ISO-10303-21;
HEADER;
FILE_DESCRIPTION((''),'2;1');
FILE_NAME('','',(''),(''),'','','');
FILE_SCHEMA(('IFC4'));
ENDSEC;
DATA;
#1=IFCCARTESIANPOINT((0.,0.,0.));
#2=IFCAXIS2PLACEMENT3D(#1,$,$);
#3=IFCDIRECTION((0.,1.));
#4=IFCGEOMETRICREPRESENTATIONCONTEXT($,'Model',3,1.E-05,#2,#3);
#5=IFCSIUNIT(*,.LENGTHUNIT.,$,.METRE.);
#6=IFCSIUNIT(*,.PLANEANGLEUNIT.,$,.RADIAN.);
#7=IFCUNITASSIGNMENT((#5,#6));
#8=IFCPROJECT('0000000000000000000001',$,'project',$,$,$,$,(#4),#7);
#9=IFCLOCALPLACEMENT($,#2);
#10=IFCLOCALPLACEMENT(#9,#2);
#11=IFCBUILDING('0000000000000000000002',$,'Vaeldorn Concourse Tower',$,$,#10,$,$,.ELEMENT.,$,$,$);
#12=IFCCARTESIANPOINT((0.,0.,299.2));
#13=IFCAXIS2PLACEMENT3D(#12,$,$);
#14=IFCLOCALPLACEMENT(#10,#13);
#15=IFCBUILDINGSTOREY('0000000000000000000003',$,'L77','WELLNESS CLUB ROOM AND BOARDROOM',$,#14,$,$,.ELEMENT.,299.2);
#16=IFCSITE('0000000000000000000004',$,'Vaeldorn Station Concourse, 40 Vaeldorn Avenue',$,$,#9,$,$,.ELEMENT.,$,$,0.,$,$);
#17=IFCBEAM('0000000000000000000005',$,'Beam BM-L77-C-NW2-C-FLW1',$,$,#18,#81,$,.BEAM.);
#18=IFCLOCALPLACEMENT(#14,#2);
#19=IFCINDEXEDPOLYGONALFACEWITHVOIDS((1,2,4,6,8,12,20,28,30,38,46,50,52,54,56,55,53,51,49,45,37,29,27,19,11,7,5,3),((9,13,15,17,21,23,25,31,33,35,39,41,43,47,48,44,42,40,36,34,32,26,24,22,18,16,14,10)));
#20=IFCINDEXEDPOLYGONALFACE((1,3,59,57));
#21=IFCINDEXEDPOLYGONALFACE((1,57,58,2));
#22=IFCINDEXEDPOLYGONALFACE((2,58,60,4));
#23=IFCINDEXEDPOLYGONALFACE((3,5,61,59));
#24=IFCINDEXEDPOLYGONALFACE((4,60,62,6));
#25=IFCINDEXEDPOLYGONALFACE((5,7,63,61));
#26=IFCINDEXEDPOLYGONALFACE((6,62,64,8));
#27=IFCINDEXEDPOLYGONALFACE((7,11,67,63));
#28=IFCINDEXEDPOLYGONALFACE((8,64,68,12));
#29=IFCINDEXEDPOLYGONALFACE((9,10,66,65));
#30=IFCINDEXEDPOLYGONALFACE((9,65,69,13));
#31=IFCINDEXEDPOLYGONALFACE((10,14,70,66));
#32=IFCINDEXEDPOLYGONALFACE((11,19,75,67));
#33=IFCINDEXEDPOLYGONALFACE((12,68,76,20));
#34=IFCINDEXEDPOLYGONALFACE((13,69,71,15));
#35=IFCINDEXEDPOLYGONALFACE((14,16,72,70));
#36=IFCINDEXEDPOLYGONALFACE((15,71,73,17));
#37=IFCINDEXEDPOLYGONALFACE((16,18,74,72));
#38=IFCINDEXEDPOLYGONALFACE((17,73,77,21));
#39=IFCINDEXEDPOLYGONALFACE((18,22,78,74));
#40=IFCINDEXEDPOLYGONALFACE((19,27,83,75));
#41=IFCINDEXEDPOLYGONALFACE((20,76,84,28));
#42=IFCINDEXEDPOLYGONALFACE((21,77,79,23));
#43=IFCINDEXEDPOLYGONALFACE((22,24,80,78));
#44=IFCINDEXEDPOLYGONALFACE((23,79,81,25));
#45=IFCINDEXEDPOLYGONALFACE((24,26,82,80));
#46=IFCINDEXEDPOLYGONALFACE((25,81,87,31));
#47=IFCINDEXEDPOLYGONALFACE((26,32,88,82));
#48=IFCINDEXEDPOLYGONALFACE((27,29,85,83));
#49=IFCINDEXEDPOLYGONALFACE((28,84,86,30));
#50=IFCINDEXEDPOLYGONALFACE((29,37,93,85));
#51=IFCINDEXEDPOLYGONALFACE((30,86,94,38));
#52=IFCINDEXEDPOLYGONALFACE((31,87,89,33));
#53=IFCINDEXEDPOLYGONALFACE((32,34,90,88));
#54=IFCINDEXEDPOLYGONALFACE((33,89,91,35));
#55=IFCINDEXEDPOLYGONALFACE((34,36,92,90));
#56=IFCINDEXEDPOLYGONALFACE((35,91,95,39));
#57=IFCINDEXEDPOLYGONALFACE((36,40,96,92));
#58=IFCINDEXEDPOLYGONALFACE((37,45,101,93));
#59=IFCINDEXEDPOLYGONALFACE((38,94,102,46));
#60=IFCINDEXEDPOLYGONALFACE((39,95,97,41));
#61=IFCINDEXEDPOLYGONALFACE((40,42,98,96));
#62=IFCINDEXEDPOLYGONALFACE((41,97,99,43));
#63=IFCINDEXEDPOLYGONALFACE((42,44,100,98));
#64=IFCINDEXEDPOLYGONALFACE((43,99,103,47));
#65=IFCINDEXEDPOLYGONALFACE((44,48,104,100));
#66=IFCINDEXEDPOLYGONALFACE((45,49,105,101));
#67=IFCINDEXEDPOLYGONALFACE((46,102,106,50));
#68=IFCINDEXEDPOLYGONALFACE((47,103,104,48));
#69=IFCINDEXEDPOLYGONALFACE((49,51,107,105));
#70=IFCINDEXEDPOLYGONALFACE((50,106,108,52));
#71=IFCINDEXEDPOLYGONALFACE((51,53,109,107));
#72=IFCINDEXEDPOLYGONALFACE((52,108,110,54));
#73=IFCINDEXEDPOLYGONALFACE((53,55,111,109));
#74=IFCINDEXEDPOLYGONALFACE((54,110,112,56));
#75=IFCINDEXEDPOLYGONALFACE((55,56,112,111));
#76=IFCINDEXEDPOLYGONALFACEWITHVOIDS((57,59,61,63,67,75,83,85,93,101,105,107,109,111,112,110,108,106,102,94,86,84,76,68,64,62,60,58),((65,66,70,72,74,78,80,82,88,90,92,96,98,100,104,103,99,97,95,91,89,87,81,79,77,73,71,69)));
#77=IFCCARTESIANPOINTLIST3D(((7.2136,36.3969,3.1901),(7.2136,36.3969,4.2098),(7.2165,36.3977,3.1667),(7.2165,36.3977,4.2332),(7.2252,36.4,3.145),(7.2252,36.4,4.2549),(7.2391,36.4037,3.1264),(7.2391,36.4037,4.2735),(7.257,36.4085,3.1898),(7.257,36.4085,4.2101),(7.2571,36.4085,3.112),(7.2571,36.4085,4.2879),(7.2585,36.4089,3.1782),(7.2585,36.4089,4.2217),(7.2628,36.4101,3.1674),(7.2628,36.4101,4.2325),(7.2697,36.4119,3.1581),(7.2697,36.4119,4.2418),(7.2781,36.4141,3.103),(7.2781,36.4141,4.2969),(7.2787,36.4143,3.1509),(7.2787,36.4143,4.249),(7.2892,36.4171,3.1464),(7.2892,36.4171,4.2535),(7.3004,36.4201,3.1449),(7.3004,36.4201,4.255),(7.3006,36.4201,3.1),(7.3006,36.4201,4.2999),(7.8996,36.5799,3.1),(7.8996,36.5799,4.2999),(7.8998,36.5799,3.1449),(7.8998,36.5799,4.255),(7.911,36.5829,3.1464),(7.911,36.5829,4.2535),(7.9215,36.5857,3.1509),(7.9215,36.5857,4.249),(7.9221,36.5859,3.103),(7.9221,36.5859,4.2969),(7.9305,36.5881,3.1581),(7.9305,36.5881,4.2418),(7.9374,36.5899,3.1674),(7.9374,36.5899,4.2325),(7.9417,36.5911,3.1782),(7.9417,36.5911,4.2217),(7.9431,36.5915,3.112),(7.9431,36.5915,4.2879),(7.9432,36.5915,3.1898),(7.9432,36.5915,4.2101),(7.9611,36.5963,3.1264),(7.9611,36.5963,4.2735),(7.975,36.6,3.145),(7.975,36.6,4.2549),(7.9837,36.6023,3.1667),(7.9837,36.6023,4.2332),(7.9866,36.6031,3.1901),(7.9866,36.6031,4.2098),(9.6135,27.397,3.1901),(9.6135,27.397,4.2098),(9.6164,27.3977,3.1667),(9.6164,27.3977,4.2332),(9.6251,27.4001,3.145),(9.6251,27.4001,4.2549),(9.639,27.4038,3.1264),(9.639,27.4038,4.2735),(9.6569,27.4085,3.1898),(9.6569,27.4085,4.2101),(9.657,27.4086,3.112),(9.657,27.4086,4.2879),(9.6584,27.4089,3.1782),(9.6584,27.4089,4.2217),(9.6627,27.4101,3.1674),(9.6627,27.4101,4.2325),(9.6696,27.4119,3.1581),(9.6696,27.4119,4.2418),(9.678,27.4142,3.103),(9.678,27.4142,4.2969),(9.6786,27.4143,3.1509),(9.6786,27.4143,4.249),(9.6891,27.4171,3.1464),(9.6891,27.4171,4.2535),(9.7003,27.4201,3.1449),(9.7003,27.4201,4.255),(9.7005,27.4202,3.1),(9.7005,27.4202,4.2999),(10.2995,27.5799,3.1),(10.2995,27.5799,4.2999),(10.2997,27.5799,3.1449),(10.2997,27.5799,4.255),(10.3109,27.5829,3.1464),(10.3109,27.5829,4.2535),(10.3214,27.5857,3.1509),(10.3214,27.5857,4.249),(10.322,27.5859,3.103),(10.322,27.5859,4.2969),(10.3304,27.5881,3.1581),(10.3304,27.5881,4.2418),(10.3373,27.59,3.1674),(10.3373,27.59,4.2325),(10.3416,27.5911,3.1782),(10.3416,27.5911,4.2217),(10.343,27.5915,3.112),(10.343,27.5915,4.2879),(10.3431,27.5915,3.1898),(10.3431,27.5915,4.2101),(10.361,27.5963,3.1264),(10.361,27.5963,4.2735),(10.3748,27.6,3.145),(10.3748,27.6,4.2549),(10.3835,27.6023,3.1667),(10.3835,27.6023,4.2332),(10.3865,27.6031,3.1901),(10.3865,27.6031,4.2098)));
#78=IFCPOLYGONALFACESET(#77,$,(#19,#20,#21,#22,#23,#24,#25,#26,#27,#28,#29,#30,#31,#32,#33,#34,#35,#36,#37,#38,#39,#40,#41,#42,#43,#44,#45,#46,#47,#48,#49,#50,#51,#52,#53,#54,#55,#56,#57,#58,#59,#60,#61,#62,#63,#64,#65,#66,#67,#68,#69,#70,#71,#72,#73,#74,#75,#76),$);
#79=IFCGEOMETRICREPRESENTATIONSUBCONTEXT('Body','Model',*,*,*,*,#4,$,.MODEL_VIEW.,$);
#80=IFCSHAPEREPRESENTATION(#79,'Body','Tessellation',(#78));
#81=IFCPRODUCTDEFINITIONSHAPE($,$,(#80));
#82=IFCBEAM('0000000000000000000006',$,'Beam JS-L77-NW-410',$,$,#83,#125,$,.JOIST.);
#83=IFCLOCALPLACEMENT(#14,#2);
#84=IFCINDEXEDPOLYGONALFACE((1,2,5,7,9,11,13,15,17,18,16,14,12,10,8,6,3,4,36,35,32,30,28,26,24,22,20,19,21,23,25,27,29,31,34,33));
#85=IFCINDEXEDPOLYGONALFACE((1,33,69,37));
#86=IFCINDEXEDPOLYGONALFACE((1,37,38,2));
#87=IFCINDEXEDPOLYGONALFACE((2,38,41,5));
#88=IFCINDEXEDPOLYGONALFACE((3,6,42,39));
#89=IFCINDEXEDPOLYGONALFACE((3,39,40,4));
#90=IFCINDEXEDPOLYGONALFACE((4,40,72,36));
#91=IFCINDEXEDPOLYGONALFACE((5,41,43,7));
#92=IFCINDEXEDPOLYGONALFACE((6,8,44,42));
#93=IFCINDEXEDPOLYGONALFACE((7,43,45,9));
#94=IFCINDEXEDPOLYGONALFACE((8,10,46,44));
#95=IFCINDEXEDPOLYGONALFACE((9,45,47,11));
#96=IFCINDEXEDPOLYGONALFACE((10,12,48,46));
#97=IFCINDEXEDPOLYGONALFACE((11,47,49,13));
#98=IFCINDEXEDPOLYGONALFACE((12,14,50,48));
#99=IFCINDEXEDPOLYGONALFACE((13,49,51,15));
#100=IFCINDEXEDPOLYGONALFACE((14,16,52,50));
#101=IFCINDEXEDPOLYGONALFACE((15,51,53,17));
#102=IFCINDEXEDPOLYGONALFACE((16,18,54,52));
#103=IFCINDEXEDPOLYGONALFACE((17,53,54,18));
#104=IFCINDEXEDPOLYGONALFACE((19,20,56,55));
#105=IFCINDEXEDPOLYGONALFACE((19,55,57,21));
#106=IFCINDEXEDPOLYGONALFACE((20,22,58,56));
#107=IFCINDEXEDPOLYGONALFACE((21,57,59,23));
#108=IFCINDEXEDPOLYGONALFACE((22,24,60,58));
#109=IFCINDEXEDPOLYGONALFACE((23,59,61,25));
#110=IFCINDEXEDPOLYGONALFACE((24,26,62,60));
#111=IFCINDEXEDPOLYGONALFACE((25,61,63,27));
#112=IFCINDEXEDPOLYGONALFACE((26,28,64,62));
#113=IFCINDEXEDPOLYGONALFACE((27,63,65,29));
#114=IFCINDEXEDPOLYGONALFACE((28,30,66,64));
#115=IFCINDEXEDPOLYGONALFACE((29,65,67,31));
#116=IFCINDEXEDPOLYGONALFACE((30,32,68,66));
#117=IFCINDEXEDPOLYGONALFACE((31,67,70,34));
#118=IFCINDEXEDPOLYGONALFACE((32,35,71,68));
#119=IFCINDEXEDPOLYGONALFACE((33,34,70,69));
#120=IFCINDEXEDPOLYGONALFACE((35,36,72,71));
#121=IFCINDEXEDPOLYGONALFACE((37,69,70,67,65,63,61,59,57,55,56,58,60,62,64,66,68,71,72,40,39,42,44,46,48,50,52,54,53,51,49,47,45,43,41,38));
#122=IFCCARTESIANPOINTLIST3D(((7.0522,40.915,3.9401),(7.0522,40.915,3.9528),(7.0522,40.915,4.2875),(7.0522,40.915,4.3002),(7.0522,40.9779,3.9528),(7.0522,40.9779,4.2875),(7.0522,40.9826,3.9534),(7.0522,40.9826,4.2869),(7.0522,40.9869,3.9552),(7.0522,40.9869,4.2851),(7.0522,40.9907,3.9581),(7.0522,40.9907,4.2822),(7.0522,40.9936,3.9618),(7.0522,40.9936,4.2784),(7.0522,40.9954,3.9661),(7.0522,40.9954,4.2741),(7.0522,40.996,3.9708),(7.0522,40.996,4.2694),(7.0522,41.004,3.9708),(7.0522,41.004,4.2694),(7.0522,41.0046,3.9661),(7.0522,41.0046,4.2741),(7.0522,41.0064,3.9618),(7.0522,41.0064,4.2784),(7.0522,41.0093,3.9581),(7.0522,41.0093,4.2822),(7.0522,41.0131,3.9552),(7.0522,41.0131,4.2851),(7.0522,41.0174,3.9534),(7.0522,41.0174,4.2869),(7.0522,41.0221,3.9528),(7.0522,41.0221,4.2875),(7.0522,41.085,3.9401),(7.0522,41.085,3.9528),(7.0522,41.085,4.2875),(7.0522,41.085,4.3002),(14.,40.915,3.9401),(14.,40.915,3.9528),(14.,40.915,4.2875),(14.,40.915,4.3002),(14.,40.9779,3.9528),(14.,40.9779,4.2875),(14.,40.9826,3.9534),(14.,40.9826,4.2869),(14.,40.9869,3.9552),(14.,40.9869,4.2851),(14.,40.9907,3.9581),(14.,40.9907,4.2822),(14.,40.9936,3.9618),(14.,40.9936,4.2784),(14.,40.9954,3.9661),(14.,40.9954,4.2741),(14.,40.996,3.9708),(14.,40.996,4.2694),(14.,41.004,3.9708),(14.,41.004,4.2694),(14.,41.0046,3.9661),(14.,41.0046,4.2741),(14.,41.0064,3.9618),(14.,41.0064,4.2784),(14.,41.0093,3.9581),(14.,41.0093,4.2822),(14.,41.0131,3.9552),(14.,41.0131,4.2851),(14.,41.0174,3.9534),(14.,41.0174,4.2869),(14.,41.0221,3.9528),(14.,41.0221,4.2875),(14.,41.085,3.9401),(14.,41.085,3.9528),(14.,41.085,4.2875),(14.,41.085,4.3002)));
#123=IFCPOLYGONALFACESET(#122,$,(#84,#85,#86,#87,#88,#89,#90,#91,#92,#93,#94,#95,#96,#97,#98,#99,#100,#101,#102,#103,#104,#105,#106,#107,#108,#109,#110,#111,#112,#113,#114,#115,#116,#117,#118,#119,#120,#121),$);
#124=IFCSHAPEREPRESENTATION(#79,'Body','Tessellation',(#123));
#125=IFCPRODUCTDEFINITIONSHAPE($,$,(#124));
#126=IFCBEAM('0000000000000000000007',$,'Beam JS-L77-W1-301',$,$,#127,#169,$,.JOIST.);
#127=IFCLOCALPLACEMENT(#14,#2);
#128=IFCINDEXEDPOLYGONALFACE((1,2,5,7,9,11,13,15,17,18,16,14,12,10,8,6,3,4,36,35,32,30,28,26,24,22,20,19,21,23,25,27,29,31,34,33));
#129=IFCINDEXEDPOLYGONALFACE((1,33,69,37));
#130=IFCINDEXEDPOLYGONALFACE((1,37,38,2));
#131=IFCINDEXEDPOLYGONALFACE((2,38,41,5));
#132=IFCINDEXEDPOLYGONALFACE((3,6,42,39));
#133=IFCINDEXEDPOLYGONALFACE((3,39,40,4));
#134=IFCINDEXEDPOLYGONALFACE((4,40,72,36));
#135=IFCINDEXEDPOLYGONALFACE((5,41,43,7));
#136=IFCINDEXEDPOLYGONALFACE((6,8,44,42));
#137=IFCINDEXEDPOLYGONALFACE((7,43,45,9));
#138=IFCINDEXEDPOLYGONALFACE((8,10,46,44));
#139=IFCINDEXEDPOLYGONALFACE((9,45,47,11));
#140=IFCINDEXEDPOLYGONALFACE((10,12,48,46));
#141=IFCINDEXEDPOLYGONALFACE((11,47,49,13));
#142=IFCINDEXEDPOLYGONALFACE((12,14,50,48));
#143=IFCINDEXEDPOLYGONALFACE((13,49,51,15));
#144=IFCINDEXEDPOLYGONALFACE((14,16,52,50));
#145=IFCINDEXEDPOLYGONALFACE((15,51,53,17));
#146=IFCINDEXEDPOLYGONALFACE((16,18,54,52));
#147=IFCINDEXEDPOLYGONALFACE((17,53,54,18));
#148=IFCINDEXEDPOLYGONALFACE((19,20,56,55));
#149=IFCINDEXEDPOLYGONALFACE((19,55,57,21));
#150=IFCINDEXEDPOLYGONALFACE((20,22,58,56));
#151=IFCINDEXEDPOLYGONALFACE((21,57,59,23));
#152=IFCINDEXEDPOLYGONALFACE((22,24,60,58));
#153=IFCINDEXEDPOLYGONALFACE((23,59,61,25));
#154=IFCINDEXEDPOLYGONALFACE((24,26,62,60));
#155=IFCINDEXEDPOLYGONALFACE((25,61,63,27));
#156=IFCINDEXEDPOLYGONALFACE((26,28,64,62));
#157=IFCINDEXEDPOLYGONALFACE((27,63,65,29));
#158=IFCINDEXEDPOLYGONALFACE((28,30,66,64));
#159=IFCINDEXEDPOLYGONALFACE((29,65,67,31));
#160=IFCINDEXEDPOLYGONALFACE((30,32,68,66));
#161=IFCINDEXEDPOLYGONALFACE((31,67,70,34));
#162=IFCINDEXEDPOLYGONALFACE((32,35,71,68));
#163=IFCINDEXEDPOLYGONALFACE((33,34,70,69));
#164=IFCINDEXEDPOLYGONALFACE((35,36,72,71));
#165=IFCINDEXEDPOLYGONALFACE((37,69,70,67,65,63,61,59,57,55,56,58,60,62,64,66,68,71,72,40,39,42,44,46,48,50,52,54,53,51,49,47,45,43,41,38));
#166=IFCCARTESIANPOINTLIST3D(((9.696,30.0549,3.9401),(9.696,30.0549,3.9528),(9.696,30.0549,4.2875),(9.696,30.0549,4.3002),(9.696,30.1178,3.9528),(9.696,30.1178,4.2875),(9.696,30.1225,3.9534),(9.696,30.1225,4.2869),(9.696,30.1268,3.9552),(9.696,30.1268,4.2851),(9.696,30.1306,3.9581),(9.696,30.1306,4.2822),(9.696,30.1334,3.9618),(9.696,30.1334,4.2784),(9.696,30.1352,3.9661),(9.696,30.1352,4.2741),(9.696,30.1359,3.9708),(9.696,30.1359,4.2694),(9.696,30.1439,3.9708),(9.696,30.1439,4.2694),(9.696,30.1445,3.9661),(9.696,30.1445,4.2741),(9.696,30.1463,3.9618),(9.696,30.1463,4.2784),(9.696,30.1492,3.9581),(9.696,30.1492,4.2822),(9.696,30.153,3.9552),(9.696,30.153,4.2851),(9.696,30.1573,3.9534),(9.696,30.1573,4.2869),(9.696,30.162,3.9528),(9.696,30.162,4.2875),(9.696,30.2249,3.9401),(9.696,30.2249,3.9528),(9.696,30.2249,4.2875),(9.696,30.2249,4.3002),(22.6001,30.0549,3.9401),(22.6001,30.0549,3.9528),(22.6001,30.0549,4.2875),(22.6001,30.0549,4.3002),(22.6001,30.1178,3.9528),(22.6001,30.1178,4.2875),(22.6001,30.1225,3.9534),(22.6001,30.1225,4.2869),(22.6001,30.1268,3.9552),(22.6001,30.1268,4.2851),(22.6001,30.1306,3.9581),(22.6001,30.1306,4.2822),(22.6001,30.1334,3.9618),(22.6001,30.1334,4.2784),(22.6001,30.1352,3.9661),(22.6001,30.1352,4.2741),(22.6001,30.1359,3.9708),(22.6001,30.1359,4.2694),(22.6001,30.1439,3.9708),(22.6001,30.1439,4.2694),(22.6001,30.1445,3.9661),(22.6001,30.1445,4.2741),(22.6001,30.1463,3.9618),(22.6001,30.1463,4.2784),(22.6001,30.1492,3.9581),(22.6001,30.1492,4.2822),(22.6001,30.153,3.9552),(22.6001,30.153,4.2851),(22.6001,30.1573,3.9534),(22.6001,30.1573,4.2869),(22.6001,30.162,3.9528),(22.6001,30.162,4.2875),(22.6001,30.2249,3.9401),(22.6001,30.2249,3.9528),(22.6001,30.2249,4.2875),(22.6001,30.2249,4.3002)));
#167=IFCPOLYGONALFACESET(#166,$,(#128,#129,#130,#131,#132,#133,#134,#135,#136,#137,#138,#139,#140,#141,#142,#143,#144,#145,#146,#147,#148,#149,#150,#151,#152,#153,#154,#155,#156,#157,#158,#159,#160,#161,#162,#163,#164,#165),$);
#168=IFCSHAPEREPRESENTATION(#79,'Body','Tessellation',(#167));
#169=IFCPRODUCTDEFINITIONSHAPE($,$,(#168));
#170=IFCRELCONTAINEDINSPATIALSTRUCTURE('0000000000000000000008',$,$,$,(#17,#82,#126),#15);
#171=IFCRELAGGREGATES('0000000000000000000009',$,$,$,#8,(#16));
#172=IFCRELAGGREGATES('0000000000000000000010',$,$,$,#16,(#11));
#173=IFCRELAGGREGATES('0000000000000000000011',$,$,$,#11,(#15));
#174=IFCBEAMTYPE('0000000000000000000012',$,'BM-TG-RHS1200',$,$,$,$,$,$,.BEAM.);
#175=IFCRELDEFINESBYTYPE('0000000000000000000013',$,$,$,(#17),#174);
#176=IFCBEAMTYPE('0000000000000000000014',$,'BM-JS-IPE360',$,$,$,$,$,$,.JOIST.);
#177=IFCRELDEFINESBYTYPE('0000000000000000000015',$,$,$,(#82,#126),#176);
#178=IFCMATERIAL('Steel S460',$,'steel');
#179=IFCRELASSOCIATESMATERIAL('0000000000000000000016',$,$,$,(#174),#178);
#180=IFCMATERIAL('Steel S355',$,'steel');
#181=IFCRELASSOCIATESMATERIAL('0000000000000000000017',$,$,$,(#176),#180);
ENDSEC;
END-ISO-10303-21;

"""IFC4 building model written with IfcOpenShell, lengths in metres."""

from ifc_helpers import new_model, si_unit, direction, frame, origin, origin_2d, place, context, subcontext, project, spatial, hollow_rectangle, i_section, extrude, source, transform, mapped, material, material_profile, profile_set, type_object, element, save


model = new_model("IFC4")

# Units and contexts
model_context = context("Model", 3, precision=1e-05, world=origin(), true_north=direction((0.0, 1.0)))
body_context = subcontext(model_context, "Body", "Model", "MODEL_VIEW")
ifc_project = project(units=[si_unit("LENGTHUNIT", "METRE"), si_unit("PLANEANGLEUNIT", "RADIAN")], contexts=[model_context])

# Site, building, storey
site_placement = place(None, origin())
site = spatial("IfcSite", under=ifc_project, at=site_placement, Name="Vaeldorn Station Concourse, 40 Vaeldorn Avenue", CompositionType="ELEMENT", RefElevation=0.0)
building_placement = place(site_placement, origin())
building = spatial("IfcBuilding", under=site, at=building_placement, Name="Vaeldorn Concourse Tower", CompositionType="ELEMENT")
storey_placement = place(building_placement, frame((0.0, 0.0, 299.2)))
storey = spatial("IfcBuildingStorey", under=building, at=storey_placement, Name="L77", Description="WELLNESS CLUB ROOM AND BOARDROOM", CompositionType="ELEMENT", Elevation=299.2)

# Shared definitions
ifc_material_1 = material(Name="Steel S355", Category="steel")

# Beams
ifc_material_2 = material(Name="Steel S460", Category="steel")
ifc_material_profile_1 = material_profile(ifc_material_2, hollow_rectangle(XDim=0.8, YDim=1.2, WallThickness=0.0449, InnerFilletRadius=0.0449, OuterFilletRadius=0.0901, at=origin_2d()), Name="RHS 1200x800x45")
ifc_profile_set_1 = profile_set([ifc_material_profile_1], Name="Steel S460")
beam_type_1 = type_object("IfcBeamType", Name="BM-TG-RHS1200", PredefinedType="BEAM", material=ifc_profile_set_1)
shared_shape_1 = source(origin(), body_context, "Body", "SweptSolid", [
    extrude(hollow_rectangle(XDim=0.8, YDim=1.2, WallThickness=0.0449, InnerFilletRadius=0.0449, OuterFilletRadius=0.0901, at=origin_2d()), origin(), (0.0, 0.0, 1.0), 9.3145),
])
beam_1_placement = place(storey_placement, frame((7.6001, 36.5, 3.7), z_axis=(0.257653, -0.966238, 0.0), x_axis=(0.966238, 0.257653, 0.0)))
element("IfcBeam", 1, at=beam_1_placement, inside=storey, type_object=beam_type_1, Name="Beam BM-L77-C-NW2-C-FLW1", PredefinedType="BEAM", context=body_context, shape_type="MappedRepresentation", body=[
    mapped(shared_shape_1, transform((0.0, 0.0, 0.0), scale=1.0)),
])
ifc_material_profile_2 = material_profile(ifc_material_1, i_section(OverallWidth=0.1699, OverallDepth=0.3601, WebThickness=0.0081, FlangeThickness=0.0127, FilletRadius=0.0181, at=origin_2d()), Name="IPE 360")
ifc_profile_set_2 = profile_set([ifc_material_profile_2], Name="Steel S355")
beam_type_2 = type_object("IfcBeamType", Name="BM-JS-IPE360", PredefinedType="JOIST", material=ifc_profile_set_2)
shared_shape_2 = source(origin(), body_context, "Body", "SweptSolid", [
    extrude(i_section(OverallWidth=0.1699, OverallDepth=0.3601, WebThickness=0.0081, FlangeThickness=0.0127, FilletRadius=0.0181, at=origin_2d()), origin(), (0.0, 0.0, 1.0), 6.9478),
])
beam_2_placement = place(storey_placement, frame((7.0522, 41.0, 4.1201), z_axis=(1.0, 0.0, 0.0), x_axis=(0.0, 1.0, 0.0)))
element("IfcBeam", 2, at=beam_2_placement, inside=storey, type_object=beam_type_2, Name="Beam JS-L77-NW-410", PredefinedType="JOIST", context=body_context, shape_type="MappedRepresentation", body=[
    mapped(shared_shape_2, transform((0.0, 0.0, 0.0), scale=1.0)),
])
shared_shape_3 = source(origin(), body_context, "Body", "SweptSolid", [
    extrude(i_section(OverallWidth=0.1699, OverallDepth=0.3601, WebThickness=0.0081, FlangeThickness=0.0127, FilletRadius=0.0181, at=origin_2d()), origin(), (0.0, 0.0, 1.0), 12.9041),
])
beam_3_placement = place(storey_placement, frame((9.696, 30.1399, 4.1201), z_axis=(1.0, 0.0, 0.0), x_axis=(0.0, 1.0, 0.0)))
element("IfcBeam", 3, at=beam_3_placement, inside=storey, type_object=beam_type_2, Name="Beam JS-L77-W1-301", PredefinedType="JOIST", context=body_context, shape_type="MappedRepresentation", body=[
    mapped(shared_shape_3, transform((0.0, 0.0, 0.0), scale=1.0)),
])

save(model, "model.ifc")
